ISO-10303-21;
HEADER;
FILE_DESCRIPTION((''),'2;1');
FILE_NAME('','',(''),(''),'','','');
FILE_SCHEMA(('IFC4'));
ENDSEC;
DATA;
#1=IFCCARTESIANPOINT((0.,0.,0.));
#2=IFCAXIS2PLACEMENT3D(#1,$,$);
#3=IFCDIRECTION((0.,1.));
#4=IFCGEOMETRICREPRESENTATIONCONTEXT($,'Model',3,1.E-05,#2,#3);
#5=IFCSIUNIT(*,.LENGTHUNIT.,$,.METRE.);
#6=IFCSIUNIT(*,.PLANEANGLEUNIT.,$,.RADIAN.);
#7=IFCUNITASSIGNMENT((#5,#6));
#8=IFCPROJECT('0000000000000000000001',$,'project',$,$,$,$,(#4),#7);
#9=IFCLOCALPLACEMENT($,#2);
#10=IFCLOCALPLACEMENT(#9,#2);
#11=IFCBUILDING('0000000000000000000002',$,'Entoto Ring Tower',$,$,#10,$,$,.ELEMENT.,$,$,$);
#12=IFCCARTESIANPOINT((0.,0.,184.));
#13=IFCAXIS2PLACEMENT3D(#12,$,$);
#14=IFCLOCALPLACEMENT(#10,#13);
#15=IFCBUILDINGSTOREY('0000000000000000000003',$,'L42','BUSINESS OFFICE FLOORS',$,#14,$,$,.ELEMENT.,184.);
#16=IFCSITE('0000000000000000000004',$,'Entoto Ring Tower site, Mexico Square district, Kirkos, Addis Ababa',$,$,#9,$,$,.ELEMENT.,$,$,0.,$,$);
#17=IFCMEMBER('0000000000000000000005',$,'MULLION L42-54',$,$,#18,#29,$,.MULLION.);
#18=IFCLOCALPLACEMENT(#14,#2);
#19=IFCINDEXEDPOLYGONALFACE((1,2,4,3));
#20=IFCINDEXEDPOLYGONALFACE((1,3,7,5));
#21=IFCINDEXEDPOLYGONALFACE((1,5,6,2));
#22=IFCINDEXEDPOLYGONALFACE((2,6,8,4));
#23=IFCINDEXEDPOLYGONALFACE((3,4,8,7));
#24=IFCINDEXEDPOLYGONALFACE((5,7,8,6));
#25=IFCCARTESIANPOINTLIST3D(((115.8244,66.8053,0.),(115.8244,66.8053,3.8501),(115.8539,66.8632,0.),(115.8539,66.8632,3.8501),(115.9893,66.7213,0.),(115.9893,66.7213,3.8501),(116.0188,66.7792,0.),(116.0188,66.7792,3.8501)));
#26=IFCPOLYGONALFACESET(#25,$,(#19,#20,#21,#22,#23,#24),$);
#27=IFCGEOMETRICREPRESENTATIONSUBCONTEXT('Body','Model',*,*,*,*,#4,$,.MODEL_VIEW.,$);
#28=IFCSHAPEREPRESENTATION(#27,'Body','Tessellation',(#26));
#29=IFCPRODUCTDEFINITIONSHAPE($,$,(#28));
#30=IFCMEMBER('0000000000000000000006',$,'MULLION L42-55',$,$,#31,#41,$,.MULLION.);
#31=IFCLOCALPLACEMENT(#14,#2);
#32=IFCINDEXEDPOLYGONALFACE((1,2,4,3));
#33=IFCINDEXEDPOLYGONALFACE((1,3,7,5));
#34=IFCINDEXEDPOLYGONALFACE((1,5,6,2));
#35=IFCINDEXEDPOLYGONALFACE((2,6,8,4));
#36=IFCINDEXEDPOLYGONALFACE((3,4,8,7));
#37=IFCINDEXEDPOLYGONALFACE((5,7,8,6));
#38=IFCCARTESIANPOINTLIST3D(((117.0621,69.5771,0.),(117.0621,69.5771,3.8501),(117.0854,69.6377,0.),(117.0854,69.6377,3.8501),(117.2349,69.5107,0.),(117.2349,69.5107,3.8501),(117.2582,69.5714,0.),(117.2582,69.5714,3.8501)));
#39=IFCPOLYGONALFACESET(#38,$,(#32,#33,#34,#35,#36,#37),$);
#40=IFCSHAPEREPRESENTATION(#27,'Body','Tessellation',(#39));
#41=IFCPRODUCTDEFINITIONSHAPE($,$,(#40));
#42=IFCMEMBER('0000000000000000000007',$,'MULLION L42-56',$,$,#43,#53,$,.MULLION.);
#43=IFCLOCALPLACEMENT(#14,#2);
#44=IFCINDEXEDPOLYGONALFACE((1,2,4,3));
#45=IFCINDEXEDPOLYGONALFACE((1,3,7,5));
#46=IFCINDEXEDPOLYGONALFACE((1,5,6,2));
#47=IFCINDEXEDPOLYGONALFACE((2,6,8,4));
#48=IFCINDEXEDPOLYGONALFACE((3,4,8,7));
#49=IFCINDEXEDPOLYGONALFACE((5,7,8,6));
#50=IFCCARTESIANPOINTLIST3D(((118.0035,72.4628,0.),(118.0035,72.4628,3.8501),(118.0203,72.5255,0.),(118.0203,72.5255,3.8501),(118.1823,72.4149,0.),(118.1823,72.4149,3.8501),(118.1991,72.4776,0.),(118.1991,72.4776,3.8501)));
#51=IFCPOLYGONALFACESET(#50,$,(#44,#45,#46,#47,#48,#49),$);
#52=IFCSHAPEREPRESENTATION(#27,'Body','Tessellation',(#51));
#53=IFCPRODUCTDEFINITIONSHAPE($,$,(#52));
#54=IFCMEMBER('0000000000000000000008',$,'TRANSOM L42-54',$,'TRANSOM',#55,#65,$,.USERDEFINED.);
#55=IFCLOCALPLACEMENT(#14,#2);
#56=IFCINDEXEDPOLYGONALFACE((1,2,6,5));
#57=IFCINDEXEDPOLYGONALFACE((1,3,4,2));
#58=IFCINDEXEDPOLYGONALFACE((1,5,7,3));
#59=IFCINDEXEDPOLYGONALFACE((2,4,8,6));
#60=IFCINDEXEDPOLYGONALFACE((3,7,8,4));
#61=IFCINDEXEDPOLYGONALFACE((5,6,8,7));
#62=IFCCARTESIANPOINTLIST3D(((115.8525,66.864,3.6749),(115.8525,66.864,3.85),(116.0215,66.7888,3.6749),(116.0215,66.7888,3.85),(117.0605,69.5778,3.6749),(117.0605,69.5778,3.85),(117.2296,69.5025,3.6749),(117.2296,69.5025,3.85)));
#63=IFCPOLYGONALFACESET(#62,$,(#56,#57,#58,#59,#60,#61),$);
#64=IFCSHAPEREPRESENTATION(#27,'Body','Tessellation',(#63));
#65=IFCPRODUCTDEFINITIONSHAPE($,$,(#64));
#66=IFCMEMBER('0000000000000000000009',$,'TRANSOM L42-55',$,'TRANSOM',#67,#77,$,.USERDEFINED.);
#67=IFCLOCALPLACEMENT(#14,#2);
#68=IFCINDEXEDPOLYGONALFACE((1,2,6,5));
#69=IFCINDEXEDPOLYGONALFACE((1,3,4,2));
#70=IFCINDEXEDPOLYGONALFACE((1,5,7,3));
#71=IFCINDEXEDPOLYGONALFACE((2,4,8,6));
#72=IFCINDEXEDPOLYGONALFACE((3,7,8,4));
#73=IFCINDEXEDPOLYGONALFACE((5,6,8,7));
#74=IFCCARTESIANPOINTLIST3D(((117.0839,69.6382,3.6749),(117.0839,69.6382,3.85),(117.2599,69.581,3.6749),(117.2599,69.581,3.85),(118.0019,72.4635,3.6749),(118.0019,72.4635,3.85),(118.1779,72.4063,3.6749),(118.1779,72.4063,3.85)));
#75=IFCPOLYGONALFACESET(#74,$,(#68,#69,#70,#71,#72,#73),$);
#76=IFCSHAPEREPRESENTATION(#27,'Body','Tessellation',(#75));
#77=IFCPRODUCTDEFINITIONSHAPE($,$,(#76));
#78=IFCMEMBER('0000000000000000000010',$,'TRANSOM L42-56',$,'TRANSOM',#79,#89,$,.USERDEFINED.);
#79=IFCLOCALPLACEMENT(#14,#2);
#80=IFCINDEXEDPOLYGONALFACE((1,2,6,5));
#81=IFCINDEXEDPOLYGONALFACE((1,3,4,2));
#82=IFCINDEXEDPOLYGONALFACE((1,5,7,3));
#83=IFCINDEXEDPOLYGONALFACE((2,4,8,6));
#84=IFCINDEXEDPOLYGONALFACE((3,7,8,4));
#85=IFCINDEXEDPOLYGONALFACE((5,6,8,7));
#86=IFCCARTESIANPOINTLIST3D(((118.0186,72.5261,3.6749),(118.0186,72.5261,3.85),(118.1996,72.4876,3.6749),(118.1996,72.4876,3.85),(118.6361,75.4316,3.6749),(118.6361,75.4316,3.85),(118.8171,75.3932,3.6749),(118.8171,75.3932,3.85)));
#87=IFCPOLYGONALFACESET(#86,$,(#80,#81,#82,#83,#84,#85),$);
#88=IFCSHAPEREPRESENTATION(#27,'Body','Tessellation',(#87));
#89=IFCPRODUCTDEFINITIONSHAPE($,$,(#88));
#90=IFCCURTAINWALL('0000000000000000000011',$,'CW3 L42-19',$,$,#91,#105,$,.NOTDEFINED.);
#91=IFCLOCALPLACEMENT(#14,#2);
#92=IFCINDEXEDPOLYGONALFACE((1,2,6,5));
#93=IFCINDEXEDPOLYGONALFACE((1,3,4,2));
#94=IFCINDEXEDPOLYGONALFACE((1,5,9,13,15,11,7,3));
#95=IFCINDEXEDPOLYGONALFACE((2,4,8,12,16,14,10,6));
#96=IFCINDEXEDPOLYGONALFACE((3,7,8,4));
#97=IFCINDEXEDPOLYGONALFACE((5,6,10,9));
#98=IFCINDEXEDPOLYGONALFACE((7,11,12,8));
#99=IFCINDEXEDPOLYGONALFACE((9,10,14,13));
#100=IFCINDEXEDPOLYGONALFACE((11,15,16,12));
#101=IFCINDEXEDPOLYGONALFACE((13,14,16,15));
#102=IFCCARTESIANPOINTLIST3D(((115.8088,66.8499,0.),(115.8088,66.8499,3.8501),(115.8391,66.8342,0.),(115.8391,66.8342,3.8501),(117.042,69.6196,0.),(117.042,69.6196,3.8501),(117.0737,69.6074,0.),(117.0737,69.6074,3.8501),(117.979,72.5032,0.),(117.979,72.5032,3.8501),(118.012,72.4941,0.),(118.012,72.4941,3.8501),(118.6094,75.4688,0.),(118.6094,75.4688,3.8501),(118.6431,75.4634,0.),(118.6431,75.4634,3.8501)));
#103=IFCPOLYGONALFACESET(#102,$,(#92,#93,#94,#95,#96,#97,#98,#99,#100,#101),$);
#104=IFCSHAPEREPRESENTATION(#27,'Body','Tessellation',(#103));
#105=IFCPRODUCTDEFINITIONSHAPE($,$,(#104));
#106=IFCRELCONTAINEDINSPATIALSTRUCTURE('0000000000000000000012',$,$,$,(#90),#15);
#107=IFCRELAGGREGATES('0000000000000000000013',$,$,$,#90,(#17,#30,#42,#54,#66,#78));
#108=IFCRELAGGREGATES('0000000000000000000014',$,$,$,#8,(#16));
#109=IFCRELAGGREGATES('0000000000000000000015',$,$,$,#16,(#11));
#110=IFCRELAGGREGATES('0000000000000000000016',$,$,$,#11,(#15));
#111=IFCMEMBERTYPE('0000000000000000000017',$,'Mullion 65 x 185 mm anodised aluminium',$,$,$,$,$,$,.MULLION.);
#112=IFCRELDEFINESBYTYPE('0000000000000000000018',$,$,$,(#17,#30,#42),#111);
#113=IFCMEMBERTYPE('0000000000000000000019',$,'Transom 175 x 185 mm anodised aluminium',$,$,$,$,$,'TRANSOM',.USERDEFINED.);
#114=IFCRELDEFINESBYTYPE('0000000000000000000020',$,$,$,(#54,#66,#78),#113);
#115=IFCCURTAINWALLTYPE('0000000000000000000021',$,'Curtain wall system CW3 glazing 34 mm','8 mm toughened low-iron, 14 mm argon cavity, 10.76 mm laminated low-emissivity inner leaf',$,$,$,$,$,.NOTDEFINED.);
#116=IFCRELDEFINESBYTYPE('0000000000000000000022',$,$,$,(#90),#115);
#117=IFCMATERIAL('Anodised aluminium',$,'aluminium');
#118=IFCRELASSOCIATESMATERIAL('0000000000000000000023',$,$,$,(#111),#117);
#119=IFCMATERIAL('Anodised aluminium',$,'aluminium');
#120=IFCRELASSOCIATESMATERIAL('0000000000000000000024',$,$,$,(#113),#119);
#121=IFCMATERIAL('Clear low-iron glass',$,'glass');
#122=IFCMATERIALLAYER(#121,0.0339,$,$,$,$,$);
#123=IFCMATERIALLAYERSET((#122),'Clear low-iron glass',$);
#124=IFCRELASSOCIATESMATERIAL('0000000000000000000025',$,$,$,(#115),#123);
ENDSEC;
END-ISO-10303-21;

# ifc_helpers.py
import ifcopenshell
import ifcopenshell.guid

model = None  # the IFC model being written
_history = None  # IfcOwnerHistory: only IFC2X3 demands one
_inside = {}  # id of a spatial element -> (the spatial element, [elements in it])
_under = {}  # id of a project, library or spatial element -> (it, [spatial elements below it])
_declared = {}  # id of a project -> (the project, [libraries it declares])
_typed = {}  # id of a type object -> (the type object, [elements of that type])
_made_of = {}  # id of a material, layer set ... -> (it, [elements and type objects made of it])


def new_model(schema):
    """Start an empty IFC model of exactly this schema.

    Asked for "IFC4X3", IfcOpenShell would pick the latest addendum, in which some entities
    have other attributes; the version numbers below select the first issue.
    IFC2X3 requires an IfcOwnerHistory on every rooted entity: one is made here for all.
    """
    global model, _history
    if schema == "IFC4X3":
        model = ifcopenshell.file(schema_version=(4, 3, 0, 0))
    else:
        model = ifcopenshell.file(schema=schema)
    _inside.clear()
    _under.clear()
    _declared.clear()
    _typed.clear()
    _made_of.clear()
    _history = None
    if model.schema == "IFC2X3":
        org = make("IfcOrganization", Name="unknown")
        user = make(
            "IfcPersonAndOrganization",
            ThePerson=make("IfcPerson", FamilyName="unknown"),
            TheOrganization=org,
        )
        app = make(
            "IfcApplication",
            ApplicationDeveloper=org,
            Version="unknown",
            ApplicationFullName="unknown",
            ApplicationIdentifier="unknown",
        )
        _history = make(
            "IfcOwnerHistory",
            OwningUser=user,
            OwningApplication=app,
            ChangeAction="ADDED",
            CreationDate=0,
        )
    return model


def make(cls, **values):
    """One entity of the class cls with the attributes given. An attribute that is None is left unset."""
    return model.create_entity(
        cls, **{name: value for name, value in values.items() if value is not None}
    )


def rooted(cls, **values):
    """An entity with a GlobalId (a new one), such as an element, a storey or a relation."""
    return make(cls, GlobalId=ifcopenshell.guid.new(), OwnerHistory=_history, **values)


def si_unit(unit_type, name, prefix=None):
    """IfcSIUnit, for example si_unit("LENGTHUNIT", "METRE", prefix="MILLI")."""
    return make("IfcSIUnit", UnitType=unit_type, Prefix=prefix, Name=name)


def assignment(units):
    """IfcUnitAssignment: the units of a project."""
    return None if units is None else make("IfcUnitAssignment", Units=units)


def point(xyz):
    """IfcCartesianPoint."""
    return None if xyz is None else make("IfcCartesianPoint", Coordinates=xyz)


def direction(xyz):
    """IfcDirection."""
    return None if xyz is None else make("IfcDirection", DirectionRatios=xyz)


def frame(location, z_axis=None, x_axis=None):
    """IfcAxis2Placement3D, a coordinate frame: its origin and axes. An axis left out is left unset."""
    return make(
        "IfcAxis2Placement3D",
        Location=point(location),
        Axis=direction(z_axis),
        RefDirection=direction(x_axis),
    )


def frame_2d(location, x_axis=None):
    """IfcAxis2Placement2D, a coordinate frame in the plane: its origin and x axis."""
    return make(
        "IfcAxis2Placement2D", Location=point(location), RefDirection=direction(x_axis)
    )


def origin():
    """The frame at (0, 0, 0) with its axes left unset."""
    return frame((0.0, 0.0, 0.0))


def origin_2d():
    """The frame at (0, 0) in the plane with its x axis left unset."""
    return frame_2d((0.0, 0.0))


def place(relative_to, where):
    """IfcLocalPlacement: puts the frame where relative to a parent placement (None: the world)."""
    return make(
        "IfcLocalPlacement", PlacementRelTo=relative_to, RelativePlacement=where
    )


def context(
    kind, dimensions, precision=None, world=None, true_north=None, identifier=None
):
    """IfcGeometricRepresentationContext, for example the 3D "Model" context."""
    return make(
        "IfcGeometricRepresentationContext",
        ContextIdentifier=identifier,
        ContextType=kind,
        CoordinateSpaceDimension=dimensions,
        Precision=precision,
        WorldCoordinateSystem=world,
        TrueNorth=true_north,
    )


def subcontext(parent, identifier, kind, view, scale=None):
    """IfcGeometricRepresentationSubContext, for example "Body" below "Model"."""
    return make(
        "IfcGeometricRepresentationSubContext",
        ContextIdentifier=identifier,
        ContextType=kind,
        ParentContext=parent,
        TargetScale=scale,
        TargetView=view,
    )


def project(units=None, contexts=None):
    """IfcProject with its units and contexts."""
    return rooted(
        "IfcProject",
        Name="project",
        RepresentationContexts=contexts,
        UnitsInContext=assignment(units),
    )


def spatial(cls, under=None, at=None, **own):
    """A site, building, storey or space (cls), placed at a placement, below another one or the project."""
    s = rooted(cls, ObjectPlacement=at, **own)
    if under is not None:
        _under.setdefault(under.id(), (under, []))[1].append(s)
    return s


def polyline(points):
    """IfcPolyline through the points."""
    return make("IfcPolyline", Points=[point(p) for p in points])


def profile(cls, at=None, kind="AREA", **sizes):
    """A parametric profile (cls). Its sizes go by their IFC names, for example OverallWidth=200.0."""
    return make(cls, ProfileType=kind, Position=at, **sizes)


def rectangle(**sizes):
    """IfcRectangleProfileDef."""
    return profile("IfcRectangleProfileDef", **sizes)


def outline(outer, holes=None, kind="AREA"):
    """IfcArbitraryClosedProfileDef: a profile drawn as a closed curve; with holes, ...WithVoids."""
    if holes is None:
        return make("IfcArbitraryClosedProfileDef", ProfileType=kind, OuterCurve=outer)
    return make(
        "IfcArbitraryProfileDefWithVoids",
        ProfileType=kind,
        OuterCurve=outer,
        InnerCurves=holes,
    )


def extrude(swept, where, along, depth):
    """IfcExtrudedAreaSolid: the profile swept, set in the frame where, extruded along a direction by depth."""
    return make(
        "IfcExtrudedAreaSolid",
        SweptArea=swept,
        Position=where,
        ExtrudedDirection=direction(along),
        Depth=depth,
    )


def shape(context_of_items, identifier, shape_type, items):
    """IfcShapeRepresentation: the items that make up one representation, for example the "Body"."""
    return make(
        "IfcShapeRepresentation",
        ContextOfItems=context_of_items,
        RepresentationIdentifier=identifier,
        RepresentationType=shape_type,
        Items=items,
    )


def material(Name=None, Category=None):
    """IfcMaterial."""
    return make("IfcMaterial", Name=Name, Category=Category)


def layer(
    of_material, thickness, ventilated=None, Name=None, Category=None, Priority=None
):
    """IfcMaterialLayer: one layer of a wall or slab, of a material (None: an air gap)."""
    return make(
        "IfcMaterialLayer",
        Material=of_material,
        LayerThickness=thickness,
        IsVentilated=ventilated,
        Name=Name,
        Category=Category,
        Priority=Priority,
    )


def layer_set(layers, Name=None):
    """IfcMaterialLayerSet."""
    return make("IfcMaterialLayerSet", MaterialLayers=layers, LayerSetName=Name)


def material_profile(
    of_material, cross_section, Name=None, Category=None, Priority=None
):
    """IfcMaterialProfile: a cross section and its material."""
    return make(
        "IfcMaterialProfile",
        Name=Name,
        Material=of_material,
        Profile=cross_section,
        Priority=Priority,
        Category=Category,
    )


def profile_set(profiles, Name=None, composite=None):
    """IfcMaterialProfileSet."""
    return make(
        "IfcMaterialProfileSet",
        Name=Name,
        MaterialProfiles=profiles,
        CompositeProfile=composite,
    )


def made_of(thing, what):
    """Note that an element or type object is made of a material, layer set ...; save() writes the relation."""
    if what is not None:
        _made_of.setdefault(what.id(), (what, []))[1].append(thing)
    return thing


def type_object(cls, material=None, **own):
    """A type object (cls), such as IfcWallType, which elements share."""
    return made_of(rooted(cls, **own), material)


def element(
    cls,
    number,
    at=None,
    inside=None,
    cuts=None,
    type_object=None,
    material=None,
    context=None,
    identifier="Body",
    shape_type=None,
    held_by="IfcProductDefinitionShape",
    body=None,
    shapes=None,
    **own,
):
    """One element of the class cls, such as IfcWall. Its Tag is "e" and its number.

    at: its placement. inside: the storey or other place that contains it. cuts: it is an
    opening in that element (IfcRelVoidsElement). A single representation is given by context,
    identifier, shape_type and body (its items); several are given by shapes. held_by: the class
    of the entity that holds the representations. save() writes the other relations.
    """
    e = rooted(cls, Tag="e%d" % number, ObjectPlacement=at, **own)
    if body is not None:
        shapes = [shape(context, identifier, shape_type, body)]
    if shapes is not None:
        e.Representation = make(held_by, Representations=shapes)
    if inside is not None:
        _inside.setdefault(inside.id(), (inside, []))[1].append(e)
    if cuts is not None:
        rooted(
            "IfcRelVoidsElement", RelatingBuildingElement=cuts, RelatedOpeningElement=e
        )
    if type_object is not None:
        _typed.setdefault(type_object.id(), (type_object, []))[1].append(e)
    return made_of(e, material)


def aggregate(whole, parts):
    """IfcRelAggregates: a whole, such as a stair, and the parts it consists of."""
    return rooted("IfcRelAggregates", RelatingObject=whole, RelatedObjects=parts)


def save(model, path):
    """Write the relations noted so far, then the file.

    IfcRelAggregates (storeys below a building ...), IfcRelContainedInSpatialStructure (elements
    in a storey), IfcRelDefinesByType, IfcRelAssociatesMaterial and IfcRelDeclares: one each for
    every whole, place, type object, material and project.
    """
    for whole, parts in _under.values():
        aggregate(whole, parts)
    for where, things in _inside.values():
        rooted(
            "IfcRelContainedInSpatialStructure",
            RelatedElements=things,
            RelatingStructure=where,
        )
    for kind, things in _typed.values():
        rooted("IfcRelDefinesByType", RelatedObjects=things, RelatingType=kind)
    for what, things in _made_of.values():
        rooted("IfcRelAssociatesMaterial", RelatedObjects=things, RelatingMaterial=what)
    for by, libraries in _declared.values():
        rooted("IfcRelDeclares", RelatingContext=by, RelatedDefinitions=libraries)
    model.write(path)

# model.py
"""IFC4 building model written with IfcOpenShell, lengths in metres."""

from ifc_helpers import new_model, si_unit, direction, frame, origin, origin_2d, place, context, subcontext, project, spatial, polyline, rectangle, outline, extrude, material, layer, layer_set, material_profile, profile_set, type_object, element, aggregate, save


model = new_model("IFC4")

# Units and contexts
model_context = context("Model", 3, precision=1e-05, world=origin(), true_north=direction((0.0, 1.0)))
body_context = subcontext(model_context, "Body", "Model", "MODEL_VIEW")
ifc_project = project(units=[si_unit("LENGTHUNIT", "METRE"), si_unit("PLANEANGLEUNIT", "RADIAN")], contexts=[model_context])

# Members
ifc_material_1 = material(Name="Anodised aluminium", Category="aluminium")
ifc_material_profile_1 = material_profile(ifc_material_1, rectangle(XDim=0.0649, YDim=0.1851, at=origin_2d()), Name="Mullion 65 x 185 mm anodised aluminium")
ifc_profile_set_1 = profile_set([ifc_material_profile_1], Name="Anodised aluminium")
member_type_1 = type_object("IfcMemberType", Name="Mullion 65 x 185 mm anodised aluminium", PredefinedType="MULLION", material=ifc_profile_set_1)
site_placement = place(None, origin())
building_placement = place(site_placement, origin())
storey_placement = place(building_placement, frame((0.0, 0.0, 184.0)))
member_1_placement = place(storey_placement, frame((115.9216, 66.7922, 0.0), z_axis=(0.0, 0.0, 1.0), x_axis=(0.45399, 0.891007, 0.0)))
member_1 = element("IfcMember", 1, at=member_1_placement, type_object=member_type_1, Name="MULLION L42-54", PredefinedType="MULLION", context=body_context, shape_type="SweptSolid", body=[
    extrude(rectangle(XDim=0.0649, YDim=0.1851, at=origin_2d()), origin(), (0.0, 0.0, 1.0), 3.8501),
])
member_2_placement = place(storey_placement, frame((117.1602, 69.5742, 0.0), z_axis=(0.0, 0.0, 1.0), x_axis=(0.358368, 0.93358, 0.0)))
member_2 = element("IfcMember", 2, at=member_2_placement, type_object=member_type_1, Name="MULLION L42-55", PredefinedType="MULLION", context=body_context, shape_type="SweptSolid", body=[
    extrude(rectangle(XDim=0.0649, YDim=0.1851, at=origin_2d()), origin(), (0.0, 0.0, 1.0), 3.8501),
])
member_3_placement = place(storey_placement, frame((118.1013, 72.4702, 0.0), z_axis=(0.0, 0.0, 1.0), x_axis=(0.258819, 0.965926, 0.0)))
member_3 = element("IfcMember", 3, at=member_3_placement, type_object=member_type_1, Name="MULLION L42-56", PredefinedType="MULLION", context=body_context, shape_type="SweptSolid", body=[
    extrude(rectangle(XDim=0.0649, YDim=0.1851, at=origin_2d()), origin(), (0.0, 0.0, 1.0), 3.8501),
])
ifc_material_2 = material(Name="Anodised aluminium", Category="aluminium")
ifc_material_profile_2 = material_profile(ifc_material_2, rectangle(XDim=0.1851, YDim=0.175, at=origin_2d()), Name="Transom 175 x 185 mm anodised aluminium")
ifc_profile_set_2 = profile_set([ifc_material_profile_2], Name="Anodised aluminium")
member_type_2 = type_object("IfcMemberType", Name="Transom 175 x 185 mm anodised aluminium", ElementType="TRANSOM", PredefinedType="USERDEFINED", material=ifc_profile_set_2)
member_4_placement = place(storey_placement, frame((115.937, 66.8264, 3.7625), z_axis=(0.406687, 0.913567, 0.0), x_axis=(-0.913567, 0.406687, 0.0)))
member_4 = element("IfcMember", 4, at=member_4_placement, type_object=member_type_2, Name="TRANSOM L42-54", ObjectType="TRANSOM", PredefinedType="USERDEFINED", context=body_context, shape_type="SweptSolid", body=[
    extrude(rectangle(XDim=0.1851, YDim=0.175, at=origin_2d()), origin(), (0.0, 0.0, 1.0), 2.9705),
])
member_5_placement = place(storey_placement, frame((117.1719, 69.6096, 3.7625), z_axis=(0.309019, 0.951056, 0.0), x_axis=(-0.951056, 0.309019, 0.0)))
member_5 = element("IfcMember", 5, at=member_5_placement, type_object=member_type_2, Name="TRANSOM L42-55", ObjectType="TRANSOM", PredefinedType="USERDEFINED", context=body_context, shape_type="SweptSolid", body=[
    extrude(rectangle(XDim=0.1851, YDim=0.175, at=origin_2d()), origin(), (0.0, 0.0, 1.0), 2.9707),
])
member_6_placement = place(storey_placement, frame((118.1091, 72.5068, 3.7625), z_axis=(0.207862, 0.978158, 0.0), x_axis=(-0.978158, 0.207862, 0.0)))
member_6 = element("IfcMember", 6, at=member_6_placement, type_object=member_type_2, Name="TRANSOM L42-56", ObjectType="TRANSOM", PredefinedType="USERDEFINED", context=body_context, shape_type="SweptSolid", body=[
    extrude(rectangle(XDim=0.1851, YDim=0.175, at=origin_2d()), origin(), (0.0, 0.0, 1.0), 2.9705),
])

# Site, building, storey
site = spatial("IfcSite", under=ifc_project, at=site_placement, Name="Entoto Ring Tower site, Mexico Square district, Kirkos, Addis Ababa", CompositionType="ELEMENT", RefElevation=0.0)
building = spatial("IfcBuilding", under=site, at=building_placement, Name="Entoto Ring Tower", CompositionType="ELEMENT")
storey = spatial("IfcBuildingStorey", under=building, at=storey_placement, Name="L42", Description="BUSINESS OFFICE FLOORS", CompositionType="ELEMENT", Elevation=184.0)

# Curtain wall
ifc_material_3 = material(Name="Clear low-iron glass", Category="glass")
ifc_layer_1 = layer(ifc_material_3, 0.0339)
ifc_layer_set_1 = layer_set([ifc_layer_1], Name="Clear low-iron glass")
curtain_wall_type = type_object("IfcCurtainWallType", Name="Curtain wall system CW3 glazing 34 mm", Description="8 mm toughened low-iron, 14 mm argon cavity, 10.76 mm laminated low-emissivity inner leaf", PredefinedType="NOTDEFINED", material=ifc_layer_set_1)
curtain_wall_1_placement = place(storey_placement, origin())
curtain_wall_1 = element("IfcCurtainWall", 7, at=curtain_wall_1_placement, inside=storey, type_object=curtain_wall_type, Name="CW3 L42-19", PredefinedType="NOTDEFINED", context=body_context, shape_type="SweptSolid", body=[
    extrude(outline(polyline([(115.8391, 66.8342), (117.0737, 69.6074), (118.012, 72.4941), (118.6431, 75.4634), (118.6094, 75.4688), (117.979, 72.5032), (117.042, 69.6196), (115.8088, 66.8499), (115.8391, 66.8342)])), origin(), (0.0, 0.0, 1.0), 3.8501),
])
aggregate(curtain_wall_1, [member_1, member_2, member_3, member_4, member_5, member_6])

save(model, "model.ifc")
